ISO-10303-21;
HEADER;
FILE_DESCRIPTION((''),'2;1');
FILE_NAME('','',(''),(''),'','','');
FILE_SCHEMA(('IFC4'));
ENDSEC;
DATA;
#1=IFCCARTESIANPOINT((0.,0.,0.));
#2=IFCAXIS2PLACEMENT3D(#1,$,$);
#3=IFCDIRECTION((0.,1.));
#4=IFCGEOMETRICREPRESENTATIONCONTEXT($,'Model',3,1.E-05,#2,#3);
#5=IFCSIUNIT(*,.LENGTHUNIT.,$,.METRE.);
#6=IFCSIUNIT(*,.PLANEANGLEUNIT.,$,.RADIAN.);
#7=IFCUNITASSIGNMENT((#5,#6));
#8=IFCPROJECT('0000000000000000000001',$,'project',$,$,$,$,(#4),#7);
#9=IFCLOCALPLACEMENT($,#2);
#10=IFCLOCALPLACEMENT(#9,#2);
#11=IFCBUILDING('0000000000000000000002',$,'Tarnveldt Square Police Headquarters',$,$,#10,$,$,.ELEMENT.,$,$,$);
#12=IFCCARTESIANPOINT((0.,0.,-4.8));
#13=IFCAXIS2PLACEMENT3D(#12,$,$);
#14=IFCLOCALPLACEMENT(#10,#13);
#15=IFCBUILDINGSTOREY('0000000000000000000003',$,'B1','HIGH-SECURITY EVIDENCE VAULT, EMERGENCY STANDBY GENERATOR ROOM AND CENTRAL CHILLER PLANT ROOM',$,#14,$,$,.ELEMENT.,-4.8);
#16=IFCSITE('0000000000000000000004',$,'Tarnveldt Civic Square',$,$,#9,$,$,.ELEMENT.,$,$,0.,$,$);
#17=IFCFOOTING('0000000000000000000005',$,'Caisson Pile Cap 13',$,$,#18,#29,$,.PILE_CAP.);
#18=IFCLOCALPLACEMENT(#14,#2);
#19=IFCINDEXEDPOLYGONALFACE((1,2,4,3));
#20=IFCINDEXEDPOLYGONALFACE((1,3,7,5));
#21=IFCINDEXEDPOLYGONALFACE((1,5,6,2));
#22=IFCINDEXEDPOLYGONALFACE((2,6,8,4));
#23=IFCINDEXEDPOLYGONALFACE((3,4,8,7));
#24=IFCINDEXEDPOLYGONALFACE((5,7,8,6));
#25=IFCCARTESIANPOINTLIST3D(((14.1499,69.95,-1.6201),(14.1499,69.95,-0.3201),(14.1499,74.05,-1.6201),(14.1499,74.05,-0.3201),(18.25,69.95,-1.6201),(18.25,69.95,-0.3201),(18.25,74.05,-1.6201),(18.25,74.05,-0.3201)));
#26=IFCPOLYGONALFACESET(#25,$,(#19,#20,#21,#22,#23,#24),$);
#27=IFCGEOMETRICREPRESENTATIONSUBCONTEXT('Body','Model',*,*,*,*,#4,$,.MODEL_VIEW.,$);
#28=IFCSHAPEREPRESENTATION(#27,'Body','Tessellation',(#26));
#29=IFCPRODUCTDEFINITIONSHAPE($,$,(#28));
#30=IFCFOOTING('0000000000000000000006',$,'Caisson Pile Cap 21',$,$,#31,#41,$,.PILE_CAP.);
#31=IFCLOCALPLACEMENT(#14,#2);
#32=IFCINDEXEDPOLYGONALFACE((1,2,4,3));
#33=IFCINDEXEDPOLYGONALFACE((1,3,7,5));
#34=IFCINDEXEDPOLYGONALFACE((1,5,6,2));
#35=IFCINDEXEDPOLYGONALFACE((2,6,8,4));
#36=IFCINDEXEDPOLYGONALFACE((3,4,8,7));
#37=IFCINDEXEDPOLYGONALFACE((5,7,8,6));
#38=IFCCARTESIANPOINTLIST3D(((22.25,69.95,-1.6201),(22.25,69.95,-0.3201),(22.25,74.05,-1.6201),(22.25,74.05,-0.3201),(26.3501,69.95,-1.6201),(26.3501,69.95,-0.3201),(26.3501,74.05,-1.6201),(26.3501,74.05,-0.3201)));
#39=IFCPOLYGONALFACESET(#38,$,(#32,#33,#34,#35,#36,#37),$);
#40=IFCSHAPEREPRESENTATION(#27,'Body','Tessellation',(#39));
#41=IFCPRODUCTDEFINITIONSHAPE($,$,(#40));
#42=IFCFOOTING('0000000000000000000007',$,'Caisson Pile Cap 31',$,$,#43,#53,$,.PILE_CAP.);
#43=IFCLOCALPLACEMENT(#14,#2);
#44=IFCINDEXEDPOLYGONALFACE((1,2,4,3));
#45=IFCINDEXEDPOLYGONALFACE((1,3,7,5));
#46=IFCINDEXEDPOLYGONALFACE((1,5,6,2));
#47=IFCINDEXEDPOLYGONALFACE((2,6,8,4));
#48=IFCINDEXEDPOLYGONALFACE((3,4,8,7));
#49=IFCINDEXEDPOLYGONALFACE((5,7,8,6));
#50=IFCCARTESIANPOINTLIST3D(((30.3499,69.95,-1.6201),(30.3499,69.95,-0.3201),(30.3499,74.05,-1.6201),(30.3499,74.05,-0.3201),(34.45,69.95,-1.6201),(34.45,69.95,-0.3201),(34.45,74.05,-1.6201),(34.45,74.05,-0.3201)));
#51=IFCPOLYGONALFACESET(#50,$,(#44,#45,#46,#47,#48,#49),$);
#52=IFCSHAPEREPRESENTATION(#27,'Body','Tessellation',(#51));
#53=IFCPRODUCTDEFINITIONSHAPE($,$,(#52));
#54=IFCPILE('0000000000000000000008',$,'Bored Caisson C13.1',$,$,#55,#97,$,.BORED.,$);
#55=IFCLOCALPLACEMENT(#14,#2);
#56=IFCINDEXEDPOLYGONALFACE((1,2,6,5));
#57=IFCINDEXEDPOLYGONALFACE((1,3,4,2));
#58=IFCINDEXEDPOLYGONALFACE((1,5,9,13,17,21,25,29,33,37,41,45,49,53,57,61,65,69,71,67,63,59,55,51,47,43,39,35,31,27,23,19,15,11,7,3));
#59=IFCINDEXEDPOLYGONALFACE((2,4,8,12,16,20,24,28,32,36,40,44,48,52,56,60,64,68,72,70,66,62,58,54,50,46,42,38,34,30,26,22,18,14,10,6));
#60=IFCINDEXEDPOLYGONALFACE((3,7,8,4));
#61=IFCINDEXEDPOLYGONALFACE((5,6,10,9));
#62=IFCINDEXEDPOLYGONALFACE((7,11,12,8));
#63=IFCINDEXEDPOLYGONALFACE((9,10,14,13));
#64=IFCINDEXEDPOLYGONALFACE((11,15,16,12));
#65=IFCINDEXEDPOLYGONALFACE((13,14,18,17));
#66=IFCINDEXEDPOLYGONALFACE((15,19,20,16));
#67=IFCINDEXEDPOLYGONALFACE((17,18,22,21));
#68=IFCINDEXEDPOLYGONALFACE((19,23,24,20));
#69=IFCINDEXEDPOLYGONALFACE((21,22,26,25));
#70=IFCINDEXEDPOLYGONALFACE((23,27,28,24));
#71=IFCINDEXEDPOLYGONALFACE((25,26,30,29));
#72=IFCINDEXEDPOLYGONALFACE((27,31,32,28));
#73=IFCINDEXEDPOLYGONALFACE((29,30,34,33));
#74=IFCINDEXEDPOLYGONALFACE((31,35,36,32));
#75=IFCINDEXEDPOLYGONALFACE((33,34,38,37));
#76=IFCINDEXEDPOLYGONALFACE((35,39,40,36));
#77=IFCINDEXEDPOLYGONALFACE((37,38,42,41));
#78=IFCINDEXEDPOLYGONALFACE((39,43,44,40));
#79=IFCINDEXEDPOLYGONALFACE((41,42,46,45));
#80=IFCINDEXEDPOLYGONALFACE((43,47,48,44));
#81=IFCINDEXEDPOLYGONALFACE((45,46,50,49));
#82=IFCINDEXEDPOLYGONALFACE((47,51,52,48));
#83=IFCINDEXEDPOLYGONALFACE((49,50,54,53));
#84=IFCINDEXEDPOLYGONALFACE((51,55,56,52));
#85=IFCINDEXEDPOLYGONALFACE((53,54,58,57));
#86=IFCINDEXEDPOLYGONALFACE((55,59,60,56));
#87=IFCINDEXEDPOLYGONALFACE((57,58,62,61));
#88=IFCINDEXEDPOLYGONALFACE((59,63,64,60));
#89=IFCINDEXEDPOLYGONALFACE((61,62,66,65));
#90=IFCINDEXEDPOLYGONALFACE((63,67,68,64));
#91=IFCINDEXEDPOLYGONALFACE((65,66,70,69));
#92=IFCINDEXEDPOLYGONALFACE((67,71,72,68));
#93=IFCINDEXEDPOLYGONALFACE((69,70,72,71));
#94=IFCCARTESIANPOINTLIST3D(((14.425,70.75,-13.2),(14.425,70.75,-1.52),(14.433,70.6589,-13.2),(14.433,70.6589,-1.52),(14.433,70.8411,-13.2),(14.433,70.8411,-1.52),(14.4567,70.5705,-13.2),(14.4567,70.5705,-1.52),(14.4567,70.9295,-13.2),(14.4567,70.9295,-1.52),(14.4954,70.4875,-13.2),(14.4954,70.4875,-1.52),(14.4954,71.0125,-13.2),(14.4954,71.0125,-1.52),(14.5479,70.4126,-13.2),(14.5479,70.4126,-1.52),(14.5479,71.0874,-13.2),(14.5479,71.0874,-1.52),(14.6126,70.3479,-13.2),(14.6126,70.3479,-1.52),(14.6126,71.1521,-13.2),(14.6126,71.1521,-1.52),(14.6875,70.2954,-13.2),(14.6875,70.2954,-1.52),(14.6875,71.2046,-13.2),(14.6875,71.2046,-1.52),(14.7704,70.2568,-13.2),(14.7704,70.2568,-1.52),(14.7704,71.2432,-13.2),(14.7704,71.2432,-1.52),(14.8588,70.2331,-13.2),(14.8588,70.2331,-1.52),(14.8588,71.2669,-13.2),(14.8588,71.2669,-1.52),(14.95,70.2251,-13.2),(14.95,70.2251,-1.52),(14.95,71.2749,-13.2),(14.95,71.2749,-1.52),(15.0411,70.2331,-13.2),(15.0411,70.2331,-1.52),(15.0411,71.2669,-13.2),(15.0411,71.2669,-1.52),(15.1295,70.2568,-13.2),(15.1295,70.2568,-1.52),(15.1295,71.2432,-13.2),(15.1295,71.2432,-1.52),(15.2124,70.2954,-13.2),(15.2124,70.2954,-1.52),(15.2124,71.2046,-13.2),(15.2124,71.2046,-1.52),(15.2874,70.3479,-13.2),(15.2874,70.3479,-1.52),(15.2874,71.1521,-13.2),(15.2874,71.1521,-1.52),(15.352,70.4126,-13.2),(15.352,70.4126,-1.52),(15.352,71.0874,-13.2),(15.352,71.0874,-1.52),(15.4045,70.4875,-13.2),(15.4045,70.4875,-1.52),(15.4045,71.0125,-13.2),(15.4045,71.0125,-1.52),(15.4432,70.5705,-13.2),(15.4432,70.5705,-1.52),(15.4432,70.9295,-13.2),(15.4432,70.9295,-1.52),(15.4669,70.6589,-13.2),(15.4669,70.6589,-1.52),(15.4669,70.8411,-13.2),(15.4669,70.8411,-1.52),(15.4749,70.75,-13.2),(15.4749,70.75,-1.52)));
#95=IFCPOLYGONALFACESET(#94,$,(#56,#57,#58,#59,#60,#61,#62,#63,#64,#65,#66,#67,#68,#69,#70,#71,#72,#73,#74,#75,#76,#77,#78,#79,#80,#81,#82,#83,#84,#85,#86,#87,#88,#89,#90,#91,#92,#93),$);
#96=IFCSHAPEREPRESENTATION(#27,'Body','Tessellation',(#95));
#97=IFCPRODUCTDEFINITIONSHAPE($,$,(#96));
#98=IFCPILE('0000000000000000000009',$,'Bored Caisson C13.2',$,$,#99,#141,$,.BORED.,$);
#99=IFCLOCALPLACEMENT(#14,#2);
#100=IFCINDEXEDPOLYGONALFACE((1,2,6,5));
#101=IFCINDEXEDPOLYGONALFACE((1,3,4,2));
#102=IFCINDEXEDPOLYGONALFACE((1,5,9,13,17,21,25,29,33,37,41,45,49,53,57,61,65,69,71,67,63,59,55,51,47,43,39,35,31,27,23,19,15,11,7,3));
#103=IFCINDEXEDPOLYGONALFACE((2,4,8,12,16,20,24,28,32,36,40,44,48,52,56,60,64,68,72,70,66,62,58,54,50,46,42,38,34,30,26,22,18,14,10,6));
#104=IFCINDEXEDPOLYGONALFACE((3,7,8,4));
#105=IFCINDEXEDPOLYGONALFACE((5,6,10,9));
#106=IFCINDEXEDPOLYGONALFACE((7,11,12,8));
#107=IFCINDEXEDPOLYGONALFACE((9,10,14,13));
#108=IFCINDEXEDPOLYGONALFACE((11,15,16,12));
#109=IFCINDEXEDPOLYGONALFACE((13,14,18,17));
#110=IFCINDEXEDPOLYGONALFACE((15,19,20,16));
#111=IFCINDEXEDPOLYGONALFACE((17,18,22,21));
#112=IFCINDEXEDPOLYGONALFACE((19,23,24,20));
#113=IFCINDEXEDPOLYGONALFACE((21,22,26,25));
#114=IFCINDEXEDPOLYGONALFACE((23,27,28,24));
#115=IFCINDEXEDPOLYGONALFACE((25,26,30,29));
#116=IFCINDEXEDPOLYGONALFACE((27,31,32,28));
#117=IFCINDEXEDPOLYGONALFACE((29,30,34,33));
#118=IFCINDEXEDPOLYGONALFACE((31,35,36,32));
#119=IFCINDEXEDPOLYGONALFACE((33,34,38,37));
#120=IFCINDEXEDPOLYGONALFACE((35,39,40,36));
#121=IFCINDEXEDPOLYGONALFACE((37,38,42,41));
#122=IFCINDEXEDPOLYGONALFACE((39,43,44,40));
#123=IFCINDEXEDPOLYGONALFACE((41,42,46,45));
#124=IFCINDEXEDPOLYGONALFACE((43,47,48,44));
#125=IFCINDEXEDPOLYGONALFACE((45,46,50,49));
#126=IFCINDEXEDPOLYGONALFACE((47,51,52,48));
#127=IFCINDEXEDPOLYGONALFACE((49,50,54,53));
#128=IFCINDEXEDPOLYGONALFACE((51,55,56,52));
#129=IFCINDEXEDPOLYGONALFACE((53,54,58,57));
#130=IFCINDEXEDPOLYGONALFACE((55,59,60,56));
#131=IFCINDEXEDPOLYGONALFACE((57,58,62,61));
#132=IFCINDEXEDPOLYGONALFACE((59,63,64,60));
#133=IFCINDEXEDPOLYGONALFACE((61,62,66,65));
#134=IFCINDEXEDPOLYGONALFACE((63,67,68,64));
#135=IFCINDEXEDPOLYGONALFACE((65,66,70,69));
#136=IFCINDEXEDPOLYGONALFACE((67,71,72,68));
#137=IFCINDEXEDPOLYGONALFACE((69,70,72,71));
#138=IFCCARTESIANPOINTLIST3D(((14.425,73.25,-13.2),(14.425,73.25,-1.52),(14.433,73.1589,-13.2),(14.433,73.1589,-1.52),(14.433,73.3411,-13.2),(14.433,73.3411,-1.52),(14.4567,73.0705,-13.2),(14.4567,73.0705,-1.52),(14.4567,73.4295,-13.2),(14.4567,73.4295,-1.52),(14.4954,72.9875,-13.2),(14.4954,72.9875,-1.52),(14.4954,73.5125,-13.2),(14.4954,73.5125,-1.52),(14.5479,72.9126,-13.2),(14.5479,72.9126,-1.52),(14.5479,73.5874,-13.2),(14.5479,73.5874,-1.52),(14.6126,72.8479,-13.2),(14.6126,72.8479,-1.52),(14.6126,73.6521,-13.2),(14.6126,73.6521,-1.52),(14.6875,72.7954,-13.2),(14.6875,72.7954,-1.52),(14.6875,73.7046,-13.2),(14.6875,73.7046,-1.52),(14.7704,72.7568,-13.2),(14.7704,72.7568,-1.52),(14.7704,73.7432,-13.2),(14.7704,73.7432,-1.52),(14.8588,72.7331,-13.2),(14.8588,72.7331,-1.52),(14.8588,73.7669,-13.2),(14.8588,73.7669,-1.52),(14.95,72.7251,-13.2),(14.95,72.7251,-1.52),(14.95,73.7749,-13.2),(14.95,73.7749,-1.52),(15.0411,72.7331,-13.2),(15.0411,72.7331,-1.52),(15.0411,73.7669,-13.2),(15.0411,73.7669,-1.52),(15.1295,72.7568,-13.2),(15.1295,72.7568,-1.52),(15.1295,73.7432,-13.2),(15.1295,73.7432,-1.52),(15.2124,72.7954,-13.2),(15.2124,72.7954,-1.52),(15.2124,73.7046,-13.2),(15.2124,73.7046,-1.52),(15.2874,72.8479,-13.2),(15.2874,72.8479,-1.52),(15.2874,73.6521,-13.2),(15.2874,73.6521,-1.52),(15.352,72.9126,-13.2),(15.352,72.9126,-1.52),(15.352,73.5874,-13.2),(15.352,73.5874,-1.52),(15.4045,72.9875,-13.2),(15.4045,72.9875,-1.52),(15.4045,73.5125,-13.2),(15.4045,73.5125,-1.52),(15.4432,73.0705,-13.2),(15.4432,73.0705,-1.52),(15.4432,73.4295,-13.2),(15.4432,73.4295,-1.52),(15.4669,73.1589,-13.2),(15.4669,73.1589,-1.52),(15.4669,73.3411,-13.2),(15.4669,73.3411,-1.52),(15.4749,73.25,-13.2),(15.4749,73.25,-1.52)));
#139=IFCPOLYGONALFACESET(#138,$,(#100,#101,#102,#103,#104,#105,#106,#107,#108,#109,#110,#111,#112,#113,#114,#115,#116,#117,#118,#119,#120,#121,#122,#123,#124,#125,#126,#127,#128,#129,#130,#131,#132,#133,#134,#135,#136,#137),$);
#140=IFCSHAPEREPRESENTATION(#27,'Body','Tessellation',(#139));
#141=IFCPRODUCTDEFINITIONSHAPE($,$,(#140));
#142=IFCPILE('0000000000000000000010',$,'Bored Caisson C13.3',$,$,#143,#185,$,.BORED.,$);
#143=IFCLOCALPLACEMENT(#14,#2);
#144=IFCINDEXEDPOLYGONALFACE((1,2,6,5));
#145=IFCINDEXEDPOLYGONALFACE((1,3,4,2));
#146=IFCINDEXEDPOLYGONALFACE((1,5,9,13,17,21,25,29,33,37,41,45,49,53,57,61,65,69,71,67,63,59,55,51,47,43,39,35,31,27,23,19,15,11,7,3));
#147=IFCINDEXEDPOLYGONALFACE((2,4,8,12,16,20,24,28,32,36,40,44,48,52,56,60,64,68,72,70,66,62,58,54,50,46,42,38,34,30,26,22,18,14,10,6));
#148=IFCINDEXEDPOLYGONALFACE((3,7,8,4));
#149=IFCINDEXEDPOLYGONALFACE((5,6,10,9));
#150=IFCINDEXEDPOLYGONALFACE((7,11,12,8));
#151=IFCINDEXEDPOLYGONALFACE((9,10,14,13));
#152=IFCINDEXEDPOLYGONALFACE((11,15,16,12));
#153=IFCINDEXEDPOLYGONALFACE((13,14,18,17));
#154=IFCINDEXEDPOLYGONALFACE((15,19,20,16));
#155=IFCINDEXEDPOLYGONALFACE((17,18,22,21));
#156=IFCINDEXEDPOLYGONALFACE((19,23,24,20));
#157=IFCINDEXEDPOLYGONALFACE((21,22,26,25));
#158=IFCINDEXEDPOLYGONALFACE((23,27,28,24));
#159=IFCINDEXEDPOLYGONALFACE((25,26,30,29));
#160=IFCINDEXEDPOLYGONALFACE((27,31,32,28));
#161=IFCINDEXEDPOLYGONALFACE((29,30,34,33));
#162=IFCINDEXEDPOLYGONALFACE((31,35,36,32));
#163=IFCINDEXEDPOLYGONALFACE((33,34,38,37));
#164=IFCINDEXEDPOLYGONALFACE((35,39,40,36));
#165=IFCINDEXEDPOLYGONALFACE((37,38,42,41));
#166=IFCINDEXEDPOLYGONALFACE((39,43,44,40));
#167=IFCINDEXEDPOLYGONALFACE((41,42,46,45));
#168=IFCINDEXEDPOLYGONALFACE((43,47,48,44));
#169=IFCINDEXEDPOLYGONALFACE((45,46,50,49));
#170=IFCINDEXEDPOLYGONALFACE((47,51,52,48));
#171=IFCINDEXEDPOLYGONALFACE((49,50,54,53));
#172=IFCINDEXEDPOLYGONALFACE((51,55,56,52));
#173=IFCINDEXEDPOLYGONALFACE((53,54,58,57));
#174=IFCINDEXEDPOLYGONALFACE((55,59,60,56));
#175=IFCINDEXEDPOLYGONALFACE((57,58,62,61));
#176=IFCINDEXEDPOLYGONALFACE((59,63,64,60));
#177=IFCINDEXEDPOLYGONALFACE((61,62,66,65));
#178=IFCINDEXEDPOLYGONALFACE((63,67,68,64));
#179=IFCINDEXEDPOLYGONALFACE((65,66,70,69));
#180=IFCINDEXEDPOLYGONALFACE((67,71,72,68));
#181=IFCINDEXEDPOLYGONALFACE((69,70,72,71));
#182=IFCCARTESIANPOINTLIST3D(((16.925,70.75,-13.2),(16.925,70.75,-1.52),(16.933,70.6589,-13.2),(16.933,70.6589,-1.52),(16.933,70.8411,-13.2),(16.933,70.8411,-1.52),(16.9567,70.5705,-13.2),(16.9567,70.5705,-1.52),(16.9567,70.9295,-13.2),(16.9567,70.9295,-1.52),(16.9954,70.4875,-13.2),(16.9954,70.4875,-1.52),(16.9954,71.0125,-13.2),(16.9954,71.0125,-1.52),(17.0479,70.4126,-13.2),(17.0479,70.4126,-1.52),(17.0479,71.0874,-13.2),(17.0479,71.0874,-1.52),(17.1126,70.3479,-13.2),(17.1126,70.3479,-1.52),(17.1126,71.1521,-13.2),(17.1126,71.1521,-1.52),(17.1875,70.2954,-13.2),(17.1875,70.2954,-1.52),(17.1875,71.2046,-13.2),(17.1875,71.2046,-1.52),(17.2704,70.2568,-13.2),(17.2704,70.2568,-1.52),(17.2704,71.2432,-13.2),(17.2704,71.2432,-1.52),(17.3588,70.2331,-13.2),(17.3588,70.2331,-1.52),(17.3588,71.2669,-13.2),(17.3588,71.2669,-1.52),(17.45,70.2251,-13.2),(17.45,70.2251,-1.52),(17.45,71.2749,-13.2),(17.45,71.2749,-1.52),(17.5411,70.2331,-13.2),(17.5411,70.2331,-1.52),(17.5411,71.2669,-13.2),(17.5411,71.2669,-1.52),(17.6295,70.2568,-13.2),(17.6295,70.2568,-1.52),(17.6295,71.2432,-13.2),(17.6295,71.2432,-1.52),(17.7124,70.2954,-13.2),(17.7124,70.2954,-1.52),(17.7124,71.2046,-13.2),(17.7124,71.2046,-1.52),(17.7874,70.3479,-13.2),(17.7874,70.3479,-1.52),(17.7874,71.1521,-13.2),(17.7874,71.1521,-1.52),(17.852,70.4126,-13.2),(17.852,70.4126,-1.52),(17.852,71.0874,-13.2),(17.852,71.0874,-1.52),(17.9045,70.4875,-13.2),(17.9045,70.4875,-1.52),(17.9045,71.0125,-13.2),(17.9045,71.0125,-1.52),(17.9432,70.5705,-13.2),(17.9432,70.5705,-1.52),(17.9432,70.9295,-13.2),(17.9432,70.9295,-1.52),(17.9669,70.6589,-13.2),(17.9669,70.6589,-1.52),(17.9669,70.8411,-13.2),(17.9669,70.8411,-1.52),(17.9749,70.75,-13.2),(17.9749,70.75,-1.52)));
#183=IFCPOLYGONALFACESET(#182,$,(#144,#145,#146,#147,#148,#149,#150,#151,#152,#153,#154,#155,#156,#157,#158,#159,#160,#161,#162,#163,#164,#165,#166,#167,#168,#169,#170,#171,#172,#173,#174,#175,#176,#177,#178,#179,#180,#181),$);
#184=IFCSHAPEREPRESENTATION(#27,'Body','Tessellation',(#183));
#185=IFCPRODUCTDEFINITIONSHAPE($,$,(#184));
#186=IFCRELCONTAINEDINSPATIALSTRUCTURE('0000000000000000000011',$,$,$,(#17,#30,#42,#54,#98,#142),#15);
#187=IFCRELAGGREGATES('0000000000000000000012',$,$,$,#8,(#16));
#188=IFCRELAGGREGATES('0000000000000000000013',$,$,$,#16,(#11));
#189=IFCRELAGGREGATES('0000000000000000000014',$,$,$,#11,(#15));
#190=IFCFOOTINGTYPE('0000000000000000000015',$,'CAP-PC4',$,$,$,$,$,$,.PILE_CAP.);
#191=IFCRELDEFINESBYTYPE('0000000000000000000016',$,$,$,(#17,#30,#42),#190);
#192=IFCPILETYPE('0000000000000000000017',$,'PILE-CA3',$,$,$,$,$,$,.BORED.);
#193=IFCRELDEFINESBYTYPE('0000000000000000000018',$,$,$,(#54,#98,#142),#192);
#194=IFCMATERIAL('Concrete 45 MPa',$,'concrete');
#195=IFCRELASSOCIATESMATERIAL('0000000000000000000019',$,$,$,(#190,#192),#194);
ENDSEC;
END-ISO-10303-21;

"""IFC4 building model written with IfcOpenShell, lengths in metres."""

from ifc_helpers import new_model, si_unit, direction, frame, origin, origin_2d, place, context, subcontext, project, spatial, rectangle, circle, extrude, material, material_profile, profile_set, type_object, element, save


model = new_model("IFC4")

# Units and contexts
model_context = context("Model", 3, precision=1e-05, world=origin(), true_north=direction((0.0, 1.0)))
body_context = subcontext(model_context, "Body", "Model", "MODEL_VIEW")
ifc_project = project(units=[si_unit("LENGTHUNIT", "METRE"), si_unit("PLANEANGLEUNIT", "RADIAN")], contexts=[model_context])

# Site, building, storey
site_placement = place(None, origin())
site = spatial("IfcSite", under=ifc_project, at=site_placement, Name="Tarnveldt Civic Square", CompositionType="ELEMENT", RefElevation=0.0)
building_placement = place(site_placement, origin())
building = spatial("IfcBuilding", under=site, at=building_placement, Name="Tarnveldt Square Police Headquarters", CompositionType="ELEMENT")
storey_placement = place(building_placement, frame((0.0, 0.0, -4.8)))
storey = spatial("IfcBuildingStorey", under=building, at=storey_placement, Name="B1", Description="HIGH-SECURITY EVIDENCE VAULT, EMERGENCY STANDBY GENERATOR ROOM AND CENTRAL CHILLER PLANT ROOM", CompositionType="ELEMENT", Elevation=-4.8)

# Footings
ifc_material_1 = material(Name="Concrete 45 MPa", Category="concrete")
footing_type = type_object("IfcFootingType", Name="CAP-PC4", PredefinedType="PILE_CAP", material=ifc_material_1)
for number, where, z_axis, x_axis, name in (
    (1, (16.2, 72.0, -1.6201), (0.0, 0.0, 1.0), (1.0, 0.0, 0.0), "Caisson Pile Cap 13"),
    (2, (24.3, 72.0, -1.6201), (0.0, 0.0, 1.0), (1.0, 0.0, 0.0), "Caisson Pile Cap 21"),
    (3, (32.3999, 72.0, -1.6201), (0.0, 0.0, 1.0), (1.0, 0.0, 0.0), "Caisson Pile Cap 31"),
):
    element("IfcFooting", number, at=place(storey_placement, frame(where, z_axis=z_axis, x_axis=x_axis)), inside=storey, type_object=footing_type, Name=name, PredefinedType="PILE_CAP", context=body_context, shape_type="SweptSolid", body=[
        extrude(rectangle(XDim=4.1001, YDim=4.1001, at=origin_2d()), origin(), (0.0, 0.0, 1.0), 1.3),
    ])

# Piles
ifc_material_profile_1 = material_profile(ifc_material_1, circle(Radius=0.5249, at=origin_2d()), Name="CAISSON-D1050")
ifc_profile_set_1 = profile_set([ifc_material_profile_1], Name="Concrete 45 MPa")
pile_type = type_object("IfcPileType", Name="PILE-CA3", PredefinedType="BORED", material=ifc_profile_set_1)
for number, where, z_axis, x_axis, name in (
    (4, (14.95, 70.75, -1.52), (0.0, 0.0, -1.0), (1.0, 0.0, 0.0), "Bored Caisson C13.1"),
    (5, (14.95, 73.25, -1.52), (0.0, 0.0, -1.0), (1.0, 0.0, 0.0), "Bored Caisson C13.2"),
    (6, (17.45, 70.75, -1.52), (0.0, 0.0, -1.0), (1.0, 0.0, 0.0), "Bored Caisson C13.3"),
):
    element("IfcPile", number, at=place(storey_placement, frame(where, z_axis=z_axis, x_axis=x_axis)), inside=storey, type_object=pile_type, Name=name, PredefinedType="BORED", context=body_context, shape_type="SweptSolid", body=[
        extrude(circle(Radius=0.5249, at=origin_2d()), origin(), (0.0, 0.0, 1.0), 11.6799),
    ])

save(model, "model.ifc")
